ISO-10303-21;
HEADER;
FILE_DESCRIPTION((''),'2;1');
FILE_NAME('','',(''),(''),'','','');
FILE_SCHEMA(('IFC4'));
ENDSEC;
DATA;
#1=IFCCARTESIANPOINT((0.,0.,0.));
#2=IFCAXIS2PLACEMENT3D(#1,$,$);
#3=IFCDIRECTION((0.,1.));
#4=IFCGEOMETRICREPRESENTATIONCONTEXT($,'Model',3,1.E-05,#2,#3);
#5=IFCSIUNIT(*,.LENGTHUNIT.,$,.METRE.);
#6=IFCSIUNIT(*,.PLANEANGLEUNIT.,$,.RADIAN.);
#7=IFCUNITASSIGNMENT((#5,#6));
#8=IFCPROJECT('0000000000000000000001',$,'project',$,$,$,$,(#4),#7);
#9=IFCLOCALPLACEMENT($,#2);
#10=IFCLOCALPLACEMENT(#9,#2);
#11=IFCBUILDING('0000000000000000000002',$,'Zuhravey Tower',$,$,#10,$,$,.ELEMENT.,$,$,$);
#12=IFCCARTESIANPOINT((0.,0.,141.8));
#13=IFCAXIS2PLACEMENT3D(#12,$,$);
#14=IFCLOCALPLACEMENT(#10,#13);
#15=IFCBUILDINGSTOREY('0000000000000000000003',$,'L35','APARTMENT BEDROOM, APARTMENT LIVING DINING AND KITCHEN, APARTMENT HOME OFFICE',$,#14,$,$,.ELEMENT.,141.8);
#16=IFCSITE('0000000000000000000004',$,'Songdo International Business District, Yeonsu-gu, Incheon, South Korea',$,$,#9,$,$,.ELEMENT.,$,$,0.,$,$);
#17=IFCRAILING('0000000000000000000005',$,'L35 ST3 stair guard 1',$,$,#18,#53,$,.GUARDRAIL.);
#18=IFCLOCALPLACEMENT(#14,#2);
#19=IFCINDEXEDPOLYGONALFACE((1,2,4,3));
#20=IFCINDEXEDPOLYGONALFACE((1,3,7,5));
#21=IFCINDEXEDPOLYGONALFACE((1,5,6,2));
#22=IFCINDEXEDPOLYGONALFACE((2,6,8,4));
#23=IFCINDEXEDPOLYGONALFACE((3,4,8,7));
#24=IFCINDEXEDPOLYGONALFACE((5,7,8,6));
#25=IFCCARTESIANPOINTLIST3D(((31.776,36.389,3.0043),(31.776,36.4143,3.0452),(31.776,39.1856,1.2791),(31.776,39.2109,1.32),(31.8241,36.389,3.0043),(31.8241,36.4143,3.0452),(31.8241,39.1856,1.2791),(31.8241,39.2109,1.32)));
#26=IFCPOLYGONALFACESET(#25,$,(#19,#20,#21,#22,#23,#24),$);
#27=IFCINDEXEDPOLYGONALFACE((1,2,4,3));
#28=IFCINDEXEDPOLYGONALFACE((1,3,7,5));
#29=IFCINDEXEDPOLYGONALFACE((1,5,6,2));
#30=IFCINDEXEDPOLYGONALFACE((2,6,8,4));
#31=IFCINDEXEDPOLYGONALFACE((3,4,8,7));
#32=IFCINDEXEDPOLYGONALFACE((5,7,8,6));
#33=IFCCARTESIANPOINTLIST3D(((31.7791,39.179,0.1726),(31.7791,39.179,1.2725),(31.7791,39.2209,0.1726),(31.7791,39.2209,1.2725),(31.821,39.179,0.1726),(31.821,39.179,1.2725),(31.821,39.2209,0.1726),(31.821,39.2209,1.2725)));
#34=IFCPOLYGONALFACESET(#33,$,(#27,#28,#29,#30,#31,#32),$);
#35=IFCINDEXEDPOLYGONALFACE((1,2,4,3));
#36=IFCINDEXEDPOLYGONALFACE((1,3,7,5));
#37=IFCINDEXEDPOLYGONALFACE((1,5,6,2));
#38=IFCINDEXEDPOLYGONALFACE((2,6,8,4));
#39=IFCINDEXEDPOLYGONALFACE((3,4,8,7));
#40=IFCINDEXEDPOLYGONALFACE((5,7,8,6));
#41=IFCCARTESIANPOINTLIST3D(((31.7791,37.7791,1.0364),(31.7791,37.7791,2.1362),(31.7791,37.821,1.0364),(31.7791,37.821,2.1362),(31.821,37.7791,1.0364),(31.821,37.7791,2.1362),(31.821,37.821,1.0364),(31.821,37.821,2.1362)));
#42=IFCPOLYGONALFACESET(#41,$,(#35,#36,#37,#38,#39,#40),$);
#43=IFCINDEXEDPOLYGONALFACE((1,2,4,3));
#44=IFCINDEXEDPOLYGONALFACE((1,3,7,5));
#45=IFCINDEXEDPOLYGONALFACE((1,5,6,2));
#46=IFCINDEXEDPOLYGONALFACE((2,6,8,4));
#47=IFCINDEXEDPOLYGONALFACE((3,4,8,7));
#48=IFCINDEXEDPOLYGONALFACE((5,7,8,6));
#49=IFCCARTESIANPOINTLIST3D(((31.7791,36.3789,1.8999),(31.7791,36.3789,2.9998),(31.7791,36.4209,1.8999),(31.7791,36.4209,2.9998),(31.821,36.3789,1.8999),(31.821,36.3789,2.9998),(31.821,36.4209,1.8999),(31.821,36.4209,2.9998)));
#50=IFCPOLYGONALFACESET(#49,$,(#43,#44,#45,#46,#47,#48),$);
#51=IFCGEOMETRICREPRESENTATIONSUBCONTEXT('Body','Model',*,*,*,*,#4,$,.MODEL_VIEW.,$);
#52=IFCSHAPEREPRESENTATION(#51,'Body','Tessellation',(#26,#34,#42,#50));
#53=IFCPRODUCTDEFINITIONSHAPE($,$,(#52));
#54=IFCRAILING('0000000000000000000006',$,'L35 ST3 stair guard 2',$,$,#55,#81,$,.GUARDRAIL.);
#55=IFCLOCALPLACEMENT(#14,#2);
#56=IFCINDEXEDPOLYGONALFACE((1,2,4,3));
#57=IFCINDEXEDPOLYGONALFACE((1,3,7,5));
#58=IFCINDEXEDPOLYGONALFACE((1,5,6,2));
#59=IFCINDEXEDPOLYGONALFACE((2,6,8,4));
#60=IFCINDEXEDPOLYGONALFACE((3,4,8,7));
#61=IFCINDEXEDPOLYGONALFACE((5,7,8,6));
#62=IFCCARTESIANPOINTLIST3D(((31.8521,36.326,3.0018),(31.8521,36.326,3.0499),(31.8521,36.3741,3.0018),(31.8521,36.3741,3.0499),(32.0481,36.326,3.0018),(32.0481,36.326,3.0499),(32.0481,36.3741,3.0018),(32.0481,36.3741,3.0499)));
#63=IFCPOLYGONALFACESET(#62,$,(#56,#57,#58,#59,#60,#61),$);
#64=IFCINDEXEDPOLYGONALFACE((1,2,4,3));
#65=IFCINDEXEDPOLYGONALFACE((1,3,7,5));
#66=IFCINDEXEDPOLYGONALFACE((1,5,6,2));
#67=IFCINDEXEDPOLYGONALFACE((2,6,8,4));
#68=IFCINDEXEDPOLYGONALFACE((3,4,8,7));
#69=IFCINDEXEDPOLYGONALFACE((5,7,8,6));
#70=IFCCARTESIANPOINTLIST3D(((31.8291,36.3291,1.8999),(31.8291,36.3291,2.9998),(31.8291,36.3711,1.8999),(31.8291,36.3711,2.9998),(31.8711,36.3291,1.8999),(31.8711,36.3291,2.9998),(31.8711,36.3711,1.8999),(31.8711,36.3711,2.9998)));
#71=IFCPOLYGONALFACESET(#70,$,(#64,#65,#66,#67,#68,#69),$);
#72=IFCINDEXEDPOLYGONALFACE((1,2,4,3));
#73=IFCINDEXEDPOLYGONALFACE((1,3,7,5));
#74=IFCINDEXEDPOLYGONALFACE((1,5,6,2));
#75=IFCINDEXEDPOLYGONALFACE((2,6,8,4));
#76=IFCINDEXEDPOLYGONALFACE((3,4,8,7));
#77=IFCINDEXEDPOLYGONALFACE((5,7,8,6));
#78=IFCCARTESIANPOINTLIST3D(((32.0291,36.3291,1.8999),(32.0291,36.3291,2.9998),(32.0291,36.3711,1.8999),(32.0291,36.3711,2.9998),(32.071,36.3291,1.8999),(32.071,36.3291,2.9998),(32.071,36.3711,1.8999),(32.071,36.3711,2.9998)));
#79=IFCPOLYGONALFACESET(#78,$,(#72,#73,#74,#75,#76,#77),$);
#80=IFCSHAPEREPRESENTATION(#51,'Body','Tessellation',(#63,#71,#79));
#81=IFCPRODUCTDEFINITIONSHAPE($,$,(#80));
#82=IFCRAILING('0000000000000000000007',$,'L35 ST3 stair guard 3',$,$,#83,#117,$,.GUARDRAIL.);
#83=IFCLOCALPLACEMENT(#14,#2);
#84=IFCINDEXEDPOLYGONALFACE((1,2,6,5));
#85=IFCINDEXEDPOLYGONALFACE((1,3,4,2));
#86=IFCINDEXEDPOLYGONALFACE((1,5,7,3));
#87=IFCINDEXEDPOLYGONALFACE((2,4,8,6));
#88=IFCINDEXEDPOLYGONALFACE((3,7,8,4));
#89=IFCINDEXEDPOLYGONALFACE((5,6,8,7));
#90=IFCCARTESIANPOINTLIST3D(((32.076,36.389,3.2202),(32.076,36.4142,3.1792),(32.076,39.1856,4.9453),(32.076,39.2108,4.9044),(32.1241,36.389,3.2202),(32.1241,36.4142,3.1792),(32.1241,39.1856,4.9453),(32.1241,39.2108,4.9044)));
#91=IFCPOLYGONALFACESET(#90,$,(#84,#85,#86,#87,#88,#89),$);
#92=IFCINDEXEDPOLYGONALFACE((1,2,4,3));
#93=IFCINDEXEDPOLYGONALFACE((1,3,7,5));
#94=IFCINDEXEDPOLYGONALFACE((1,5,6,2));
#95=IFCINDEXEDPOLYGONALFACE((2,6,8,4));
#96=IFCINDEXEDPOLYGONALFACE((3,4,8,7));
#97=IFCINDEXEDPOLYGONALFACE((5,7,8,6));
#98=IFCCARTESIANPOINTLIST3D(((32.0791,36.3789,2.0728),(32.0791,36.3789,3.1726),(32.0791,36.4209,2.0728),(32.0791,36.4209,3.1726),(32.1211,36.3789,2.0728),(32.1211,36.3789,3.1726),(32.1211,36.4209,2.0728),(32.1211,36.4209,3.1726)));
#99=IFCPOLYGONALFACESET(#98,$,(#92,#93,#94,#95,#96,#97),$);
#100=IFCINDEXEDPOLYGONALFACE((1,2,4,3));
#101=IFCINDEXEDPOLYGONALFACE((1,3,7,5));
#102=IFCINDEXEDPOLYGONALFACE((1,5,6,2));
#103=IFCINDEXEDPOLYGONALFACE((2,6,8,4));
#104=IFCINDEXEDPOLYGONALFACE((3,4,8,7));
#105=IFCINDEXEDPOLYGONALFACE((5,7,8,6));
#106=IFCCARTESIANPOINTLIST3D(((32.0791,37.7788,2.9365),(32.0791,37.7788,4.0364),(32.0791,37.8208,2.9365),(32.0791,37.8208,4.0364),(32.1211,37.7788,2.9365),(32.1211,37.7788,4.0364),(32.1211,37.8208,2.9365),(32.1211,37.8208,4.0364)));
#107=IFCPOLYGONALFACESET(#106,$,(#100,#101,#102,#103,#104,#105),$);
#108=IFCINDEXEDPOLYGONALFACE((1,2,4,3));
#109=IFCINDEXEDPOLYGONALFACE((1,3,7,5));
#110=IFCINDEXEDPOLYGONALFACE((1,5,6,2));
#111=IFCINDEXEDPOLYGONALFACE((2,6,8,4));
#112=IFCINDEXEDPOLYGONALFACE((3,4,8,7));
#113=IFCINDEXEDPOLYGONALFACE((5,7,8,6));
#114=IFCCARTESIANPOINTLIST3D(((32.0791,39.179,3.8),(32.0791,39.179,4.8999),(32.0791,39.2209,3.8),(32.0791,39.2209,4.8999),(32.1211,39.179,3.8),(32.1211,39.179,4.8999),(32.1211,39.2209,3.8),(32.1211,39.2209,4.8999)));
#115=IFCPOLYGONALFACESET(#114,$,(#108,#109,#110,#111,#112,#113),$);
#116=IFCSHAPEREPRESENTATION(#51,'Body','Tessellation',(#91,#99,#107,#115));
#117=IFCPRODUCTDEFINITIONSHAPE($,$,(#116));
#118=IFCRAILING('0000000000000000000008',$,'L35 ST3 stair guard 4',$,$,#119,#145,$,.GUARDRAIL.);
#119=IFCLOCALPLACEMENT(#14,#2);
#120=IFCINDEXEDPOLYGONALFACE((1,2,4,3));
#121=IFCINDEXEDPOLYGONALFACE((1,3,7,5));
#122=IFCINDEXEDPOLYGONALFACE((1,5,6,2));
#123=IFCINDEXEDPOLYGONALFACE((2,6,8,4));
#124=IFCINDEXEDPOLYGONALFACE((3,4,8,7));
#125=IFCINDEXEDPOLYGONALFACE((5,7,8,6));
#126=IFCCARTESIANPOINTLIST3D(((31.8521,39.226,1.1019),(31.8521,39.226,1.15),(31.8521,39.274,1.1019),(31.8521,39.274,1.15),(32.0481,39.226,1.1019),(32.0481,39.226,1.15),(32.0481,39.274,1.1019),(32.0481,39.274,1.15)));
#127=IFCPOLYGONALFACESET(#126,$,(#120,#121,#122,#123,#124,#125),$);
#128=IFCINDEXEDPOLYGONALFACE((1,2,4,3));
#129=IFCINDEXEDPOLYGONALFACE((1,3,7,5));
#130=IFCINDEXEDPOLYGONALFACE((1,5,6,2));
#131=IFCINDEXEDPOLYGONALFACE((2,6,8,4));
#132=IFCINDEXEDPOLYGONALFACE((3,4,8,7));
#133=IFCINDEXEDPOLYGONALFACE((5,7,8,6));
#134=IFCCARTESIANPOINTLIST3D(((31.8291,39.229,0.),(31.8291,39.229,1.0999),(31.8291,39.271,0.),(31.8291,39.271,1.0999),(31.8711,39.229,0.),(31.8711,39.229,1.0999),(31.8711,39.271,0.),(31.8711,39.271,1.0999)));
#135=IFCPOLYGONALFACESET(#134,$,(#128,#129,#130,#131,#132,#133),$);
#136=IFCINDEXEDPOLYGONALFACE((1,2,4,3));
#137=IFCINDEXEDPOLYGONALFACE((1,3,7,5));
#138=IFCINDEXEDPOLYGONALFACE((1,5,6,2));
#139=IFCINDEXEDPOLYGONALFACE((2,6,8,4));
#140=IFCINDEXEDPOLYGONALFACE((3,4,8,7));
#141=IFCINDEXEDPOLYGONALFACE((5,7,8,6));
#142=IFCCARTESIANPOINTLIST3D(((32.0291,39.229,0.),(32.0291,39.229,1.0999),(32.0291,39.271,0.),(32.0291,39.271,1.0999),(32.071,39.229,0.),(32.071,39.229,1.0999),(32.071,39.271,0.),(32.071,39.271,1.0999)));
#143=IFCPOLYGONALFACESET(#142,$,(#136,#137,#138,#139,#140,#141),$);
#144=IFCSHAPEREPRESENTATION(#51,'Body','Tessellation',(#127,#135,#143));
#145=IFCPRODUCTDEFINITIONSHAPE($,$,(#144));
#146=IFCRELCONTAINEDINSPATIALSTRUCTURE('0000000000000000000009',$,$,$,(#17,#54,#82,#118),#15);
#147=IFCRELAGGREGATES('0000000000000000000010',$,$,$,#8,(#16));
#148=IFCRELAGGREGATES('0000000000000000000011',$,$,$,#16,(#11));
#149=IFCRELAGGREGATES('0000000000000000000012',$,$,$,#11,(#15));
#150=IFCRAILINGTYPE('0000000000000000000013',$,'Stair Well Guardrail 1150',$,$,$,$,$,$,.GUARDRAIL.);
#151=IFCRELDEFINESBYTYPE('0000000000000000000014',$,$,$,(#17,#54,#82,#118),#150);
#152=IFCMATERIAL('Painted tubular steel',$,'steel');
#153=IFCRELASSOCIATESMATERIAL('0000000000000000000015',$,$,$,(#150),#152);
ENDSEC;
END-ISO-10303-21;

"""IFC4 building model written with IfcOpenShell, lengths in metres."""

from ifc_helpers import new_model, si_unit, direction, frame, origin, origin_2d, place, context, subcontext, project, spatial, rectangle, extrude, material, type_object, element, save


model = new_model("IFC4")

# Units and contexts
model_context = context("Model", 3, precision=1e-05, world=origin(), true_north=direction((0.0, 1.0)))
body_context = subcontext(model_context, "Body", "Model", "MODEL_VIEW")
ifc_project = project(units=[si_unit("LENGTHUNIT", "METRE"), si_unit("PLANEANGLEUNIT", "RADIAN")], contexts=[model_context])

# Site, building, storey
site_placement = place(None, origin())
site = spatial("IfcSite", under=ifc_project, at=site_placement, Name="Songdo International Business District, Yeonsu-gu, Incheon, South Korea", CompositionType="ELEMENT", RefElevation=0.0)
building_placement = place(site_placement, origin())
building = spatial("IfcBuilding", under=site, at=building_placement, Name="Zuhravey Tower", CompositionType="ELEMENT")
storey_placement = place(building_placement, frame((0.0, 0.0, 141.8)))
storey = spatial("IfcBuildingStorey", under=building, at=storey_placement, Name="L35", Description="APARTMENT BEDROOM, APARTMENT LIVING DINING AND KITCHEN, APARTMENT HOME OFFICE", CompositionType="ELEMENT", Elevation=141.8)

# Railings
ifc_material_1 = material(Name="Painted tubular steel", Category="steel")
railing_type_1 = type_object("IfcRailingType", Name="Stair Well Guardrail 1150", PredefinedType="GUARDRAIL", material=ifc_material_1)
railing_1_placement = place(storey_placement, frame((31.8, 39.2, 0.1726)))
element("IfcRailing", 1, at=railing_1_placement, inside=storey, type_object=railing_type_1, Name="L35 ST3 stair guard 1", PredefinedType="GUARDRAIL", context=body_context, shape_type="SweptSolid", body=[
    extrude(rectangle(XDim=0.0481, YDim=0.0481, at=origin_2d()), frame((0.0, -0.0017, 1.127), z_axis=(0.0, -0.85109, 0.52502), x_axis=(1.0, 0.0, 0.0)), (0.0, 0.0, 1.0), 3.2859),
    extrude(rectangle(XDim=0.042, YDim=0.042, at=origin_2d()), origin(), (0.0, 0.0, 1.0), 1.0999),
    extrude(rectangle(XDim=0.042, YDim=0.042, at=origin_2d()), frame((0.0, -1.3999, 0.8638)), (0.0, 0.0, 1.0), 1.0999),
    extrude(rectangle(XDim=0.042, YDim=0.042, at=origin_2d()), frame((0.0, -2.8, 1.7273)), (0.0, 0.0, 1.0), 1.0999),
])
railing_2_placement = place(storey_placement, frame((31.8501, 36.3501, 1.8999)))
element("IfcRailing", 2, at=railing_2_placement, inside=storey, type_object=railing_type_1, Name="L35 ST3 stair guard 2", PredefinedType="GUARDRAIL", context=body_context, shape_type="SweptSolid", body=[
    extrude(rectangle(XDim=0.0481, YDim=0.0481, at=origin_2d()), frame((0.002, 0.0, 1.126), z_axis=(1.0, 0.0, 0.0), x_axis=(0.0, 1.0, 0.0)), (0.0, 0.0, 1.0), 0.196),
    extrude(rectangle(XDim=0.042, YDim=0.042, at=origin_2d()), origin(), (0.0, 0.0, 1.0), 1.0999),
    extrude(rectangle(XDim=0.042, YDim=0.042, at=origin_2d()), frame((0.2, 0.0, 0.0)), (0.0, 0.0, 1.0), 1.0999),
])
railing_3_placement = place(storey_placement, frame((32.1001, 36.3999, 2.0728)))
element("IfcRailing", 3, at=railing_3_placement, inside=storey, type_object=railing_type_1, Name="L35 ST3 stair guard 3", PredefinedType="GUARDRAIL", context=body_context, shape_type="SweptSolid", body=[
    extrude(rectangle(XDim=0.0481, YDim=0.0481, at=origin_2d()), frame((0.0, 0.0017, 1.127), z_axis=(0.0, 0.85109, 0.52502), x_axis=(-1.0, 0.0, 0.0)), (0.0, 0.0, 1.0), 3.2859),
    extrude(rectangle(XDim=0.042, YDim=0.042, at=origin_2d()), origin(), (0.0, 0.0, 1.0), 1.0999),
    extrude(rectangle(XDim=0.042, YDim=0.042, at=origin_2d()), frame((0.0, 1.3999, 0.8638)), (0.0, 0.0, 1.0), 1.0999),
    extrude(rectangle(XDim=0.042, YDim=0.042, at=origin_2d()), frame((0.0, 2.8, 1.7273)), (0.0, 0.0, 1.0), 1.0999),
])
railing_4_placement = place(storey_placement, frame((31.8501, 39.25, 0.0)))
element("IfcRailing", 4, at=railing_4_placement, inside=storey, type_object=railing_type_1, Name="L35 ST3 stair guard 4", PredefinedType="GUARDRAIL", context=body_context, shape_type="SweptSolid", body=[
    extrude(rectangle(XDim=0.0481, YDim=0.0481, at=origin_2d()), frame((0.002, 0.0, 1.126), z_axis=(1.0, 0.0, 0.0), x_axis=(0.0, 1.0, 0.0)), (0.0, 0.0, 1.0), 0.196),
    extrude(rectangle(XDim=0.042, YDim=0.042, at=origin_2d()), origin(), (0.0, 0.0, 1.0), 1.0999),
    extrude(rectangle(XDim=0.042, YDim=0.042, at=origin_2d()), frame((0.2, 0.0, 0.0)), (0.0, 0.0, 1.0), 1.0999),
])

save(model, "model.ifc")
